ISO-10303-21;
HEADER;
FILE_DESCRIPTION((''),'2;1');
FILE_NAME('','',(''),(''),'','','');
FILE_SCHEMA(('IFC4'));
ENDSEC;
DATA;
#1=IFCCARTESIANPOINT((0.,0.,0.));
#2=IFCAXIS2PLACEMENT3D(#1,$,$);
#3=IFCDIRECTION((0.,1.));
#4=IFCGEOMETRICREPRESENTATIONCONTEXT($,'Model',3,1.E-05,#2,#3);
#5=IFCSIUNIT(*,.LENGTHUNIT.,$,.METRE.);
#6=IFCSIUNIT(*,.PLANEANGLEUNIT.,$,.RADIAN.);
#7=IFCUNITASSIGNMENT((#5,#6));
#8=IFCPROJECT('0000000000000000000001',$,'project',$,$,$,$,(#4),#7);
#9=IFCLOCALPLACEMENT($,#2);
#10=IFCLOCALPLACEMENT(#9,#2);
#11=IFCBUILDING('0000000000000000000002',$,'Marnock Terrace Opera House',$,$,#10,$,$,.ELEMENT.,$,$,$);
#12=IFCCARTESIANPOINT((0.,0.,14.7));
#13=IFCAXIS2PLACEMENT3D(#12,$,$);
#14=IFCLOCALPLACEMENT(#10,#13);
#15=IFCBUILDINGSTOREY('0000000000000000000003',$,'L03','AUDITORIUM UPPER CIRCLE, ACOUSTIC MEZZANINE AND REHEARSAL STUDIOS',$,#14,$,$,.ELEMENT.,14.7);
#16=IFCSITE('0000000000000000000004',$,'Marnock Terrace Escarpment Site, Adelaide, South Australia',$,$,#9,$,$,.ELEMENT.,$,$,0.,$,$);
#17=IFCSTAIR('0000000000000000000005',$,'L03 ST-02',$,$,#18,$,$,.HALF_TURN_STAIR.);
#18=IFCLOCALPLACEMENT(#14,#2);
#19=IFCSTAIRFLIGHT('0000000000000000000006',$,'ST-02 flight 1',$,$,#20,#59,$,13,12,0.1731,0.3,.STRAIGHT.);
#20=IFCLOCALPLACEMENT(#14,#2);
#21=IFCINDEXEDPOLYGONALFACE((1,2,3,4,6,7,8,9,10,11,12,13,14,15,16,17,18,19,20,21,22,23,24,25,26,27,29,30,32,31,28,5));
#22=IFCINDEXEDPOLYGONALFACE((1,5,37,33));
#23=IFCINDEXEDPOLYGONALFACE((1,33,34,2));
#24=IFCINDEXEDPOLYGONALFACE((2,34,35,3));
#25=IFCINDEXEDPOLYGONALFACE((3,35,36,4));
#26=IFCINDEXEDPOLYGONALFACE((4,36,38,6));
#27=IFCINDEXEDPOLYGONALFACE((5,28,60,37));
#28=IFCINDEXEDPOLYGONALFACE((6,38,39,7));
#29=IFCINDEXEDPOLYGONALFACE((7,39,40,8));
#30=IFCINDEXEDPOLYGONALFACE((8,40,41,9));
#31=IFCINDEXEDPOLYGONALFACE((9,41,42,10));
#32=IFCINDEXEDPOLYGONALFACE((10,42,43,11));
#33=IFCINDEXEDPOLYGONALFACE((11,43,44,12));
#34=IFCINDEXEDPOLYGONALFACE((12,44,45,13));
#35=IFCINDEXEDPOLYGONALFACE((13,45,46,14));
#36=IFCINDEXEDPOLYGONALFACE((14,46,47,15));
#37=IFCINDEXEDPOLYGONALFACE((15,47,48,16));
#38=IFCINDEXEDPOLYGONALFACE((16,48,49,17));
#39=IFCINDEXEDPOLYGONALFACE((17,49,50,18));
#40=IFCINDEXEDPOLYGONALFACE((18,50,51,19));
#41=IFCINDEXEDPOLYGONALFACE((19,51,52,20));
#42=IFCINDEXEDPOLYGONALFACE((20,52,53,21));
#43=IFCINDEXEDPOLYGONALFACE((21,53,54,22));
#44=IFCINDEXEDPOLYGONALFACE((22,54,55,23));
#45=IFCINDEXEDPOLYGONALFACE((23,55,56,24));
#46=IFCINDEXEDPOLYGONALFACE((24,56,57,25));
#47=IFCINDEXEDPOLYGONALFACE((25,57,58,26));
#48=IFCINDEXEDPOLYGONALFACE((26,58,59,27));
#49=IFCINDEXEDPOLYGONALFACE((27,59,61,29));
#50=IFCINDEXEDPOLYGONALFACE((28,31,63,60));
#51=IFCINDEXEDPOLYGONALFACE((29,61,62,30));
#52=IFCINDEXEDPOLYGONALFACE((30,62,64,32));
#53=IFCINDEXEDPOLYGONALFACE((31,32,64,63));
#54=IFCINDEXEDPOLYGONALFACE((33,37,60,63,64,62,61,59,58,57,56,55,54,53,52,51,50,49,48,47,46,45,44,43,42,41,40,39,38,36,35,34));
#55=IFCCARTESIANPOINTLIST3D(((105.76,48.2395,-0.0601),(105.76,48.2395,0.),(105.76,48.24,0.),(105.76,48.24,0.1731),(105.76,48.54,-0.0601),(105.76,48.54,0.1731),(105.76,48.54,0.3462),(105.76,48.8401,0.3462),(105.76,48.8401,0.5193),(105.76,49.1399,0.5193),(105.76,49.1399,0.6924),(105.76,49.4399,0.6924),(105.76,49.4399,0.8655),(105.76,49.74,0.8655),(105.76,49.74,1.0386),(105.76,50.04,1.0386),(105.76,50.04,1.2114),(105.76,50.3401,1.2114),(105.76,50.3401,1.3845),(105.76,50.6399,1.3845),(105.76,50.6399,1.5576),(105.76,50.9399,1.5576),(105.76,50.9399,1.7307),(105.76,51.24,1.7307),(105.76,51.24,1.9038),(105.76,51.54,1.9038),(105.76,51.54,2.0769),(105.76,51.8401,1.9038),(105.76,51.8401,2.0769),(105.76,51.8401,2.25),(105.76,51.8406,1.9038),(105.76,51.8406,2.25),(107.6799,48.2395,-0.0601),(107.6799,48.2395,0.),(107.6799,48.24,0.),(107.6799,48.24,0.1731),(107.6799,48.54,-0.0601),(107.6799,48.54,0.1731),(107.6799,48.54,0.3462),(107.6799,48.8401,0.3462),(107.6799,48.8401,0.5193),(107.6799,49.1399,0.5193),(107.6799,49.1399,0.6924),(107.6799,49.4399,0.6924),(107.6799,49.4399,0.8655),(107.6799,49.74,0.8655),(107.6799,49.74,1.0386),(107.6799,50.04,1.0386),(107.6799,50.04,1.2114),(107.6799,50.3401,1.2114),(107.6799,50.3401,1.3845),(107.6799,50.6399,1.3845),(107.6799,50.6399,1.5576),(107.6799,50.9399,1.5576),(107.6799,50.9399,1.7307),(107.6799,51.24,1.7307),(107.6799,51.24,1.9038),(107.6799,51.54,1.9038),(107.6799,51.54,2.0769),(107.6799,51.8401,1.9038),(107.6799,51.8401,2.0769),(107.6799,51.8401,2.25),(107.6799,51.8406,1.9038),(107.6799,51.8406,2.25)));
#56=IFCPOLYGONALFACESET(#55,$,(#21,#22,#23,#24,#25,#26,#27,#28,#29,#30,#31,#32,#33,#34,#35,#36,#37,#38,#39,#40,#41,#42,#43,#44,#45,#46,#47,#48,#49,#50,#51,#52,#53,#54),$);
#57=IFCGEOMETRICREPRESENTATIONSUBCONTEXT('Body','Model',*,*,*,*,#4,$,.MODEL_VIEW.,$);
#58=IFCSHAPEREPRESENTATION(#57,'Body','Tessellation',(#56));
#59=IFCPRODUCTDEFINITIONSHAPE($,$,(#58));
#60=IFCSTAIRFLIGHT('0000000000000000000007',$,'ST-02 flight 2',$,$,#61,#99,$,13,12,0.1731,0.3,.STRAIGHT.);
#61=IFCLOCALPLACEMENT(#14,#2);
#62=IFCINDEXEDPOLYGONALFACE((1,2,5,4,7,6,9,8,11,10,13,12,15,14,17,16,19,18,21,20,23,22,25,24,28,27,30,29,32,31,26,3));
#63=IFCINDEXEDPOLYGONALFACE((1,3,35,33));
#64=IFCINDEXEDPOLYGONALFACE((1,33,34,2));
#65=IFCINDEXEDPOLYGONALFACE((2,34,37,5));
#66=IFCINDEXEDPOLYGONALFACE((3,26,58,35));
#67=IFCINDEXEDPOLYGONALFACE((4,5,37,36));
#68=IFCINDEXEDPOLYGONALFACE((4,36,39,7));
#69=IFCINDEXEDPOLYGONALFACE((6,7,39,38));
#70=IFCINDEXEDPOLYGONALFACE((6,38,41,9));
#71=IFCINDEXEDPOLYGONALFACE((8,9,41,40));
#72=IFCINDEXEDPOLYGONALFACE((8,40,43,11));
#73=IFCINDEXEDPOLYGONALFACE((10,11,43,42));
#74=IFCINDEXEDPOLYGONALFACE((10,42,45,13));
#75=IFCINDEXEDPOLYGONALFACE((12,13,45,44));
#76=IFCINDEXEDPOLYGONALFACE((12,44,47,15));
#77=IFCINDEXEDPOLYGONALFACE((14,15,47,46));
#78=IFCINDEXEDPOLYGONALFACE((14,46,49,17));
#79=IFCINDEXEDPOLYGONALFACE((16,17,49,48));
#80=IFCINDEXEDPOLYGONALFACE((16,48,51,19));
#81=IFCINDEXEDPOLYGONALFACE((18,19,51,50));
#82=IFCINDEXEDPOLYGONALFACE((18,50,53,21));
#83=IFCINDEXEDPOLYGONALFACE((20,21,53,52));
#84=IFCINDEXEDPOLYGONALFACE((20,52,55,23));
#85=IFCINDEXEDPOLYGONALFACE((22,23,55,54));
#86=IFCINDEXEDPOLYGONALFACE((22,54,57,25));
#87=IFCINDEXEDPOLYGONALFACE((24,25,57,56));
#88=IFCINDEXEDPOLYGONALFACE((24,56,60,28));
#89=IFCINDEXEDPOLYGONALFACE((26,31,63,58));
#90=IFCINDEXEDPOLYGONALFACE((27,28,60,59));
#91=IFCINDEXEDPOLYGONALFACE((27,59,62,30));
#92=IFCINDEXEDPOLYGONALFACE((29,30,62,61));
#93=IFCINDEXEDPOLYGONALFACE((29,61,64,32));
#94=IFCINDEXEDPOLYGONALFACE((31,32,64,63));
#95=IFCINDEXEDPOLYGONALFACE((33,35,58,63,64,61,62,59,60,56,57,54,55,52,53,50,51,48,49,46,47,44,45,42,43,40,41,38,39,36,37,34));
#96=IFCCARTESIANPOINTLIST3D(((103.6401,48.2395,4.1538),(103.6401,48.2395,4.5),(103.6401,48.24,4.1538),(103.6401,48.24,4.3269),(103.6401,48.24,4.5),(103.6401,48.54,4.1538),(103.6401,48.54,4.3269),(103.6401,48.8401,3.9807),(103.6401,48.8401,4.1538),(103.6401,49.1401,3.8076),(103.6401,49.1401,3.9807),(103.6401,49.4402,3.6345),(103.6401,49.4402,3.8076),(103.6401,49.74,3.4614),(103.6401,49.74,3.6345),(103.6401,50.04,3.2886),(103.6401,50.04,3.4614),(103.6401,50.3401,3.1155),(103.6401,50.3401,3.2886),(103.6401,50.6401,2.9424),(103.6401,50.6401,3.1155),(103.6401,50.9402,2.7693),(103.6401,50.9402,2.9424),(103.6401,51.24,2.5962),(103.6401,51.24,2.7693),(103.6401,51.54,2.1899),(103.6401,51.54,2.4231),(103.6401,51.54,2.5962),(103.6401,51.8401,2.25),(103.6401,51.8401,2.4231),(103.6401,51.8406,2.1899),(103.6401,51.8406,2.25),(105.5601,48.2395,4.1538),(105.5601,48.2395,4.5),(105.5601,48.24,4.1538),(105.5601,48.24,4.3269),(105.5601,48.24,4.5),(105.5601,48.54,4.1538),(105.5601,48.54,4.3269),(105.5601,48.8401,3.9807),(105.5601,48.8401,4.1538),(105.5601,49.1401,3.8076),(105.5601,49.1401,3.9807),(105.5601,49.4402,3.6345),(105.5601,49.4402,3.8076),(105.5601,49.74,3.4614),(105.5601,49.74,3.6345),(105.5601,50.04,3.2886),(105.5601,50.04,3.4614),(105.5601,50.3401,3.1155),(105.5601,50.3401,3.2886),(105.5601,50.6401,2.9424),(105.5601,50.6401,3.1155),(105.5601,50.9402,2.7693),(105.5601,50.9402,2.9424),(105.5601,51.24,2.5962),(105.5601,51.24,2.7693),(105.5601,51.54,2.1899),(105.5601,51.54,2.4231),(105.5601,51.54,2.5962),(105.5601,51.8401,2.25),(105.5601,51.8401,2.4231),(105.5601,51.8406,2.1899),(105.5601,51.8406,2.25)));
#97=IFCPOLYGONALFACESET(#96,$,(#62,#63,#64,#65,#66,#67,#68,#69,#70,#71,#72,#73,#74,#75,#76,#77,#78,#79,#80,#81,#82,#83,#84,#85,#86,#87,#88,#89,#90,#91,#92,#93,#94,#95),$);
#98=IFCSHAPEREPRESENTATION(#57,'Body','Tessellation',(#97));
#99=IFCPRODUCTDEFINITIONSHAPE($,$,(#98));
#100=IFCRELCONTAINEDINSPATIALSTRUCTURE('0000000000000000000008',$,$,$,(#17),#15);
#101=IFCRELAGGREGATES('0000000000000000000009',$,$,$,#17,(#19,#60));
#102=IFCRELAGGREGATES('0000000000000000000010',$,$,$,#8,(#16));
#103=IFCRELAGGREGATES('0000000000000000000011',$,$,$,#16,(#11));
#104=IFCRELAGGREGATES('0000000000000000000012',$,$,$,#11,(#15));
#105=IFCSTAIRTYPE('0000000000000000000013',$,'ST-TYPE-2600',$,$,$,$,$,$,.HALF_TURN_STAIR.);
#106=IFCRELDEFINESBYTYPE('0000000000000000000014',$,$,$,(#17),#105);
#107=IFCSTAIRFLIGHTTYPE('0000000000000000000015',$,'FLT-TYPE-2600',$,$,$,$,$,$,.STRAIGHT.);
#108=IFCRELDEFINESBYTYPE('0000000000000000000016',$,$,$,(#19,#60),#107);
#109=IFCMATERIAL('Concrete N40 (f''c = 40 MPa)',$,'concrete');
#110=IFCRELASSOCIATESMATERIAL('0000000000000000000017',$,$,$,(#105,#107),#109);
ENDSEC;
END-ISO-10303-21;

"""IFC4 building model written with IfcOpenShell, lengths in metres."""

from ifc_helpers import new_model, si_unit, direction, frame, origin, place, context, subcontext, project, spatial, polyline, outline, extrude, material, type_object, element, aggregate, save


model = new_model("IFC4")

# Units and contexts
model_context = context("Model", 3, precision=1e-05, world=origin(), true_north=direction((0.0, 1.0)))
body_context = subcontext(model_context, "Body", "Model", "MODEL_VIEW")
ifc_project = project(units=[si_unit("LENGTHUNIT", "METRE"), si_unit("PLANEANGLEUNIT", "RADIAN")], contexts=[model_context])

# Site, building, storey
site_placement = place(None, origin())
site = spatial("IfcSite", under=ifc_project, at=site_placement, Name="Marnock Terrace Escarpment Site, Adelaide, South Australia", CompositionType="ELEMENT", RefElevation=0.0)
building_placement = place(site_placement, origin())
building = spatial("IfcBuilding", under=site, at=building_placement, Name="Marnock Terrace Opera House", CompositionType="ELEMENT")
storey_placement = place(building_placement, frame((0.0, 0.0, 14.7)))
storey = spatial("IfcBuildingStorey", under=building, at=storey_placement, Name="L03", Description="AUDITORIUM UPPER CIRCLE, ACOUSTIC MEZZANINE AND REHEARSAL STUDIOS", CompositionType="ELEMENT", Elevation=14.7)

# Shared definitions
ifc_material_1 = material(Name="Concrete N40 (f'c = 40 MPa)", Category="concrete")

# Stair, stair flights
stair_type = type_object("IfcStairType", Name="ST-TYPE-2600", PredefinedType="HALF_TURN_STAIR", material=ifc_material_1)
stair_placement = place(storey_placement, origin())
stair = element("IfcStair", 1, at=stair_placement, inside=storey, type_object=stair_type, Name="L03 ST-02", PredefinedType="HALF_TURN_STAIR")
stair_flight_type = type_object("IfcStairFlightType", Name="FLT-TYPE-2600", PredefinedType="STRAIGHT", material=ifc_material_1)
stair_flight_1_placement = place(storey_placement, frame((106.72, 48.24, 0.0), z_axis=(0.0, 0.0, 1.0), x_axis=(0.0, 1.0, 0.0)))
stair_flight_1 = element("IfcStairFlight", 2, at=stair_flight_1_placement, type_object=stair_flight_type, Name="ST-02 flight 1", NumberOfRisers=13, NumberOfTreads=12, PredefinedType="STRAIGHT", RiserHeight=0.1731, TreadLength=0.3, context=body_context, shape_type="SweptSolid", body=[
    extrude(outline(polyline([(-0.0005, -0.0601), (-0.0005, 0.0), (0.0, 0.0), (0.0, 0.1731), (0.3, 0.1731), (0.3, 0.3462), (0.6001, 0.3462), (0.6001, 0.5193), (0.8999, 0.5193), (0.8999, 0.6924), (1.2, 0.6924), (1.2, 0.8655), (1.5, 0.8655), (1.5, 1.0386), (1.8, 1.0386), (1.8, 1.2114), (2.1001, 1.2114), (2.1001, 1.3845), (2.3999, 1.3845), (2.3999, 1.5576), (2.7, 1.5576), (2.7, 1.7307), (3.0, 1.7307), (3.0, 1.9038), (3.3, 1.9038), (3.3, 2.0769), (3.6001, 2.0769), (3.6001, 2.25), (3.6006, 2.25), (3.6006, 1.9038), (3.6001, 1.9038), (0.3, -0.0601), (-0.0005, -0.0601)])), frame((0.0, 0.96, 0.0), z_axis=(0.0, -1.0, 0.0), x_axis=(1.0, 0.0, 0.0)), (0.0, 0.0, 1.0), 1.9199),
])
stair_flight_2_placement = place(storey_placement, frame((104.6001, 51.8401, 2.25), z_axis=(0.0, 0.0, 1.0), x_axis=(0.0, -1.0, 0.0)))
stair_flight_2 = element("IfcStairFlight", 3, at=stair_flight_2_placement, type_object=stair_flight_type, Name="ST-02 flight 2", NumberOfRisers=13, NumberOfTreads=12, PredefinedType="STRAIGHT", RiserHeight=0.1731, TreadLength=0.3, context=body_context, shape_type="SweptSolid", body=[
    extrude(outline(polyline([(-0.0005, -0.0601), (-0.0005, 0.0), (0.0, 0.0), (0.0, 0.1731), (0.3, 0.1731), (0.3, 0.3462), (0.6001, 0.3462), (0.6001, 0.5193), (0.8999, 0.5193), (0.8999, 0.6924), (1.2, 0.6924), (1.2, 0.8655), (1.5, 0.8655), (1.5, 1.0386), (1.8, 1.0386), (1.8, 1.2114), (2.1001, 1.2114), (2.1001, 1.3845), (2.3999, 1.3845), (2.3999, 1.5576), (2.7, 1.5576), (2.7, 1.7307), (3.0, 1.7307), (3.0, 1.9038), (3.3, 1.9038), (3.3, 2.0769), (3.6001, 2.0769), (3.6001, 2.25), (3.6006, 2.25), (3.6006, 1.9038), (3.6001, 1.9038), (0.3, -0.0601), (-0.0005, -0.0601)])), frame((0.0, 0.96, 0.0), z_axis=(0.0, -1.0, 0.0), x_axis=(1.0, 0.0, 0.0)), (0.0, 0.0, 1.0), 1.9199),
])
aggregate(stair, [stair_flight_1, stair_flight_2])

save(model, "model.ifc")
